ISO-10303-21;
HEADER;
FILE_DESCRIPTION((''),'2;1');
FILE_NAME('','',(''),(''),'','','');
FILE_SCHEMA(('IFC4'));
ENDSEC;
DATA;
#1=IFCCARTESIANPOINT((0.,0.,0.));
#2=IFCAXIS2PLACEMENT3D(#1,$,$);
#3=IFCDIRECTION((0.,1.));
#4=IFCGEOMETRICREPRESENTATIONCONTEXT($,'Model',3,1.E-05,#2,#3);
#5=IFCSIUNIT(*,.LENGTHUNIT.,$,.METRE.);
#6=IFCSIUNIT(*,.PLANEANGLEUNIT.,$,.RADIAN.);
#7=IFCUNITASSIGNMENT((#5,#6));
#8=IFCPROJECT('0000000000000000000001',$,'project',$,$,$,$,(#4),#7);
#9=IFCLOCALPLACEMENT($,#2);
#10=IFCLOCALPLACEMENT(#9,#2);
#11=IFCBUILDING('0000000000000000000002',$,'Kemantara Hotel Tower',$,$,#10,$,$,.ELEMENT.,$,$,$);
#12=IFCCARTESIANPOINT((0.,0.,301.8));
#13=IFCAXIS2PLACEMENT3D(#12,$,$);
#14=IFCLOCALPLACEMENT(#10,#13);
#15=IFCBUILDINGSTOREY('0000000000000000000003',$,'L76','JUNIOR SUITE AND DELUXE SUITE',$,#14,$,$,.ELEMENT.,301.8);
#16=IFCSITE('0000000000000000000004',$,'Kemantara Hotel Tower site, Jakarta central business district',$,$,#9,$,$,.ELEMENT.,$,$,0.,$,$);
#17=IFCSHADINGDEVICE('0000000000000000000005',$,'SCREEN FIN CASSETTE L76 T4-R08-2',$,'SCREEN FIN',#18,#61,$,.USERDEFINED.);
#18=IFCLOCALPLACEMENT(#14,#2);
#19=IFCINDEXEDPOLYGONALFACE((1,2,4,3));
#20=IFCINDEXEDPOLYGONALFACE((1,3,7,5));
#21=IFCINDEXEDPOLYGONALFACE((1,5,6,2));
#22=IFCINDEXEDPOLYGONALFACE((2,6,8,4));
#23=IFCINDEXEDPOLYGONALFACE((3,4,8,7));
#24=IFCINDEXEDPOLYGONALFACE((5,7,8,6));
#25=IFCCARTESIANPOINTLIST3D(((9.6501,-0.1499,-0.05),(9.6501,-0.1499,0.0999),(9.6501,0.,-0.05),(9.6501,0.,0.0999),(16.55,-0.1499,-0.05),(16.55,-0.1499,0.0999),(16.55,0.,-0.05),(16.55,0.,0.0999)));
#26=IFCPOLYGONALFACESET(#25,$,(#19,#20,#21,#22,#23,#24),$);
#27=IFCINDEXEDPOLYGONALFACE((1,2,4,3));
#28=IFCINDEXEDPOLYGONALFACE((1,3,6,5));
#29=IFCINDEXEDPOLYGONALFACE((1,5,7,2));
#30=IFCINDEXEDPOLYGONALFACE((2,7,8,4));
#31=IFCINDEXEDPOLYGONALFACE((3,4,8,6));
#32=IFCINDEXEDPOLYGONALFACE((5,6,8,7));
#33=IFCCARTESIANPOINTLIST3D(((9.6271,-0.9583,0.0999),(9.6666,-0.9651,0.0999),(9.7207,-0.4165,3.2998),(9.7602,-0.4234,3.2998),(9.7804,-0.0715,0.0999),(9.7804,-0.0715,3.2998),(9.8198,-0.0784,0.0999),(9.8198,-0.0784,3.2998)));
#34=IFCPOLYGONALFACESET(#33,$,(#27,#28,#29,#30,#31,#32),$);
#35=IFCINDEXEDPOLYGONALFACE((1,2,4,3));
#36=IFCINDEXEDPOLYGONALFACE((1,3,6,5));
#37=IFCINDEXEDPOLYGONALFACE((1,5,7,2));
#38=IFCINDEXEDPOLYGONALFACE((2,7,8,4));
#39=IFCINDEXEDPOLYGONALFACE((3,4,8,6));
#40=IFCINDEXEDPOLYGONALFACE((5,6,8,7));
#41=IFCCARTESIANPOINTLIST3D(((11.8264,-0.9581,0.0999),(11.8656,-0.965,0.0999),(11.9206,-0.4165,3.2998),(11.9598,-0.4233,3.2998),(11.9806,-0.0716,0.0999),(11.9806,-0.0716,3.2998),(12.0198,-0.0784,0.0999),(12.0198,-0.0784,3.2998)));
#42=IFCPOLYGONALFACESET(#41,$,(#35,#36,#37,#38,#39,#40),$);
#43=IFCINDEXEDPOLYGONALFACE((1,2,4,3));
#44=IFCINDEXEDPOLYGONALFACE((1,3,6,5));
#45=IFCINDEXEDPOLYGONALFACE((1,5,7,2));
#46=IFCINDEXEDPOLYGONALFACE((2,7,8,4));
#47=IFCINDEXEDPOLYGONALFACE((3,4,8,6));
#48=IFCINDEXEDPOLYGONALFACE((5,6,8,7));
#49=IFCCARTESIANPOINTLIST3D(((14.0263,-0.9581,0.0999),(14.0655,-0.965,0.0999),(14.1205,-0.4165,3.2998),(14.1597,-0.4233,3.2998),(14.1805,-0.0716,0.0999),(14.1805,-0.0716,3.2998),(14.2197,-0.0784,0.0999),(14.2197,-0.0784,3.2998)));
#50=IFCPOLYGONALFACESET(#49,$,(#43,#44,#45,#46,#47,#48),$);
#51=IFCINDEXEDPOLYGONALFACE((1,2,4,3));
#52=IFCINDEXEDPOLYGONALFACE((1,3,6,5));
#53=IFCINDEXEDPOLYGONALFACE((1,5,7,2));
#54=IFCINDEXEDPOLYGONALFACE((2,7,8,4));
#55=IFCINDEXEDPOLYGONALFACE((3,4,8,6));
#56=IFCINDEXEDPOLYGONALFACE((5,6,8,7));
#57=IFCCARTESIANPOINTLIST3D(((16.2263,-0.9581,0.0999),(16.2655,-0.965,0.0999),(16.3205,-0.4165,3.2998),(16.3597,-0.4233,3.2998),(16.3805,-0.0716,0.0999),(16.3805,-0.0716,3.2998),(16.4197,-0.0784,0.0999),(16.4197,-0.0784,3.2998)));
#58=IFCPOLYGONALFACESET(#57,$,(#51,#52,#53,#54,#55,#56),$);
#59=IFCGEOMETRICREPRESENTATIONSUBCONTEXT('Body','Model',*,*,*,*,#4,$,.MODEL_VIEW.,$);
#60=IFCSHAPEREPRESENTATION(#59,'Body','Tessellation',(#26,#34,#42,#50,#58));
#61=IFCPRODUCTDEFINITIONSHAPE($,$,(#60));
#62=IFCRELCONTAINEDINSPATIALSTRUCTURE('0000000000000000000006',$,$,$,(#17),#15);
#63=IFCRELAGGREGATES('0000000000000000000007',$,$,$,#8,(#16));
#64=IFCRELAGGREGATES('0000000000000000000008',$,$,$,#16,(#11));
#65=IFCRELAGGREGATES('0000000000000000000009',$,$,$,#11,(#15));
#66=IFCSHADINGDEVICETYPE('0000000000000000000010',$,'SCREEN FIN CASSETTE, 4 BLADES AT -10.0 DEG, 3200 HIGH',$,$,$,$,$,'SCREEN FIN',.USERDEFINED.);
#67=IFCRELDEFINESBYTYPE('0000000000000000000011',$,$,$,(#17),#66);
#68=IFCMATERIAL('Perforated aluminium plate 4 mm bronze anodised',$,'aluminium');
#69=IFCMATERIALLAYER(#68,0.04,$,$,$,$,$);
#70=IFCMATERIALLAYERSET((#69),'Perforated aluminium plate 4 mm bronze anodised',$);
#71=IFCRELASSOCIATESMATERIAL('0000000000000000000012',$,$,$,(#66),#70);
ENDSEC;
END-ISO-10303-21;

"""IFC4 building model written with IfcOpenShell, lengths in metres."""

from ifc_helpers import new_model, si_unit, direction, frame, origin, origin_2d, place, context, subcontext, project, spatial, polyline, rectangle, outline, extrude, source, transform, mapped, material, layer, layer_set, type_object, element, save


model = new_model("IFC4")

# Units and contexts
model_context = context("Model", 3, precision=1e-05, world=origin(), true_north=direction((0.0, 1.0)))
body_context = subcontext(model_context, "Body", "Model", "MODEL_VIEW")
ifc_project = project(units=[si_unit("LENGTHUNIT", "METRE"), si_unit("PLANEANGLEUNIT", "RADIAN")], contexts=[model_context])

# Site, building, storey
site_placement = place(None, origin())
site = spatial("IfcSite", under=ifc_project, at=site_placement, Name="Kemantara Hotel Tower site, Jakarta central business district", CompositionType="ELEMENT", RefElevation=0.0)
building_placement = place(site_placement, origin())
building = spatial("IfcBuilding", under=site, at=building_placement, Name="Kemantara Hotel Tower", CompositionType="ELEMENT")
storey_placement = place(building_placement, frame((0.0, 0.0, 301.8)))
storey = spatial("IfcBuildingStorey", under=building, at=storey_placement, Name="L76", Description="JUNIOR SUITE AND DELUXE SUITE", CompositionType="ELEMENT", Elevation=301.8)

# Shading device
ifc_material_1 = material(Name="Perforated aluminium plate 4 mm bronze anodised", Category="aluminium")
ifc_layer_1 = layer(ifc_material_1, 0.04)
ifc_layer_set_1 = layer_set([ifc_layer_1], Name="Perforated aluminium plate 4 mm bronze anodised")
shading_device_type_1 = type_object("IfcShadingDeviceType", Name="SCREEN FIN CASSETTE, 4 BLADES AT -10.0 DEG, 3200 HIGH", ElementType="SCREEN FIN", PredefinedType="USERDEFINED", material=ifc_layer_set_1)
shared_shape_1 = source(origin(), body_context, "Body", "SweptSolid", [
    extrude(rectangle(XDim=6.8999, YDim=0.1499, at=origin_2d()), frame((3.3, -0.075, -0.1499), z_axis=(0.0, 0.0, 1.0), x_axis=(1.0, 0.0, 0.0)), (0.0, 0.0, 1.0), 0.1499),
    extrude(outline(polyline([(0.0, 0.0), (0.8999, 0.0), (0.3501, 3.2), (0.0, 3.2), (0.0, 0.0)])), frame((0.0198, -0.0784, 0.0), z_axis=(-0.98539, 0.170314, 0.0), x_axis=(-0.170314, -0.98539, 0.0)), (0.0, 0.0, 1.0), 0.04),
    extrude(outline(polyline([(0.0, 0.0), (0.8999, 0.0), (0.3501, 3.2), (0.0, 3.2), (0.0, 0.0)])), frame((2.2197, -0.0784, 0.0), z_axis=(-0.985212, 0.171341, 0.0), x_axis=(-0.171341, -0.985212, 0.0)), (0.0, 0.0, 1.0), 0.0398),
    extrude(outline(polyline([(0.0, 0.0), (0.8999, 0.0), (0.3501, 3.2), (0.0, 3.2), (0.0, 0.0)])), frame((4.4197, -0.0784, 0.0), z_axis=(-0.985212, 0.171341, 0.0), x_axis=(-0.171341, -0.985212, 0.0)), (0.0, 0.0, 1.0), 0.0398),
    extrude(outline(polyline([(0.0, 0.0), (0.8999, 0.0), (0.3501, 3.2), (0.0, 3.2), (0.0, 0.0)])), frame((6.6196, -0.0784, 0.0), z_axis=(-0.985212, 0.171341, 0.0), x_axis=(-0.171341, -0.985212, 0.0)), (0.0, 0.0, 1.0), 0.0398),
])
shading_device_1_placement = place(storey_placement, frame((9.8, 0.0, 0.0999), z_axis=(0.0, 0.0, 1.0), x_axis=(1.0, 0.0, 0.0)))
element("IfcShadingDevice", 1, at=shading_device_1_placement, inside=storey, type_object=shading_device_type_1, Name="SCREEN FIN CASSETTE L76 T4-R08-2", ObjectType="SCREEN FIN", PredefinedType="USERDEFINED", context=body_context, shape_type="MappedRepresentation", body=[
    mapped(shared_shape_1, transform((0.0, 0.0, 0.0))),
])

save(model, "model.ifc")
